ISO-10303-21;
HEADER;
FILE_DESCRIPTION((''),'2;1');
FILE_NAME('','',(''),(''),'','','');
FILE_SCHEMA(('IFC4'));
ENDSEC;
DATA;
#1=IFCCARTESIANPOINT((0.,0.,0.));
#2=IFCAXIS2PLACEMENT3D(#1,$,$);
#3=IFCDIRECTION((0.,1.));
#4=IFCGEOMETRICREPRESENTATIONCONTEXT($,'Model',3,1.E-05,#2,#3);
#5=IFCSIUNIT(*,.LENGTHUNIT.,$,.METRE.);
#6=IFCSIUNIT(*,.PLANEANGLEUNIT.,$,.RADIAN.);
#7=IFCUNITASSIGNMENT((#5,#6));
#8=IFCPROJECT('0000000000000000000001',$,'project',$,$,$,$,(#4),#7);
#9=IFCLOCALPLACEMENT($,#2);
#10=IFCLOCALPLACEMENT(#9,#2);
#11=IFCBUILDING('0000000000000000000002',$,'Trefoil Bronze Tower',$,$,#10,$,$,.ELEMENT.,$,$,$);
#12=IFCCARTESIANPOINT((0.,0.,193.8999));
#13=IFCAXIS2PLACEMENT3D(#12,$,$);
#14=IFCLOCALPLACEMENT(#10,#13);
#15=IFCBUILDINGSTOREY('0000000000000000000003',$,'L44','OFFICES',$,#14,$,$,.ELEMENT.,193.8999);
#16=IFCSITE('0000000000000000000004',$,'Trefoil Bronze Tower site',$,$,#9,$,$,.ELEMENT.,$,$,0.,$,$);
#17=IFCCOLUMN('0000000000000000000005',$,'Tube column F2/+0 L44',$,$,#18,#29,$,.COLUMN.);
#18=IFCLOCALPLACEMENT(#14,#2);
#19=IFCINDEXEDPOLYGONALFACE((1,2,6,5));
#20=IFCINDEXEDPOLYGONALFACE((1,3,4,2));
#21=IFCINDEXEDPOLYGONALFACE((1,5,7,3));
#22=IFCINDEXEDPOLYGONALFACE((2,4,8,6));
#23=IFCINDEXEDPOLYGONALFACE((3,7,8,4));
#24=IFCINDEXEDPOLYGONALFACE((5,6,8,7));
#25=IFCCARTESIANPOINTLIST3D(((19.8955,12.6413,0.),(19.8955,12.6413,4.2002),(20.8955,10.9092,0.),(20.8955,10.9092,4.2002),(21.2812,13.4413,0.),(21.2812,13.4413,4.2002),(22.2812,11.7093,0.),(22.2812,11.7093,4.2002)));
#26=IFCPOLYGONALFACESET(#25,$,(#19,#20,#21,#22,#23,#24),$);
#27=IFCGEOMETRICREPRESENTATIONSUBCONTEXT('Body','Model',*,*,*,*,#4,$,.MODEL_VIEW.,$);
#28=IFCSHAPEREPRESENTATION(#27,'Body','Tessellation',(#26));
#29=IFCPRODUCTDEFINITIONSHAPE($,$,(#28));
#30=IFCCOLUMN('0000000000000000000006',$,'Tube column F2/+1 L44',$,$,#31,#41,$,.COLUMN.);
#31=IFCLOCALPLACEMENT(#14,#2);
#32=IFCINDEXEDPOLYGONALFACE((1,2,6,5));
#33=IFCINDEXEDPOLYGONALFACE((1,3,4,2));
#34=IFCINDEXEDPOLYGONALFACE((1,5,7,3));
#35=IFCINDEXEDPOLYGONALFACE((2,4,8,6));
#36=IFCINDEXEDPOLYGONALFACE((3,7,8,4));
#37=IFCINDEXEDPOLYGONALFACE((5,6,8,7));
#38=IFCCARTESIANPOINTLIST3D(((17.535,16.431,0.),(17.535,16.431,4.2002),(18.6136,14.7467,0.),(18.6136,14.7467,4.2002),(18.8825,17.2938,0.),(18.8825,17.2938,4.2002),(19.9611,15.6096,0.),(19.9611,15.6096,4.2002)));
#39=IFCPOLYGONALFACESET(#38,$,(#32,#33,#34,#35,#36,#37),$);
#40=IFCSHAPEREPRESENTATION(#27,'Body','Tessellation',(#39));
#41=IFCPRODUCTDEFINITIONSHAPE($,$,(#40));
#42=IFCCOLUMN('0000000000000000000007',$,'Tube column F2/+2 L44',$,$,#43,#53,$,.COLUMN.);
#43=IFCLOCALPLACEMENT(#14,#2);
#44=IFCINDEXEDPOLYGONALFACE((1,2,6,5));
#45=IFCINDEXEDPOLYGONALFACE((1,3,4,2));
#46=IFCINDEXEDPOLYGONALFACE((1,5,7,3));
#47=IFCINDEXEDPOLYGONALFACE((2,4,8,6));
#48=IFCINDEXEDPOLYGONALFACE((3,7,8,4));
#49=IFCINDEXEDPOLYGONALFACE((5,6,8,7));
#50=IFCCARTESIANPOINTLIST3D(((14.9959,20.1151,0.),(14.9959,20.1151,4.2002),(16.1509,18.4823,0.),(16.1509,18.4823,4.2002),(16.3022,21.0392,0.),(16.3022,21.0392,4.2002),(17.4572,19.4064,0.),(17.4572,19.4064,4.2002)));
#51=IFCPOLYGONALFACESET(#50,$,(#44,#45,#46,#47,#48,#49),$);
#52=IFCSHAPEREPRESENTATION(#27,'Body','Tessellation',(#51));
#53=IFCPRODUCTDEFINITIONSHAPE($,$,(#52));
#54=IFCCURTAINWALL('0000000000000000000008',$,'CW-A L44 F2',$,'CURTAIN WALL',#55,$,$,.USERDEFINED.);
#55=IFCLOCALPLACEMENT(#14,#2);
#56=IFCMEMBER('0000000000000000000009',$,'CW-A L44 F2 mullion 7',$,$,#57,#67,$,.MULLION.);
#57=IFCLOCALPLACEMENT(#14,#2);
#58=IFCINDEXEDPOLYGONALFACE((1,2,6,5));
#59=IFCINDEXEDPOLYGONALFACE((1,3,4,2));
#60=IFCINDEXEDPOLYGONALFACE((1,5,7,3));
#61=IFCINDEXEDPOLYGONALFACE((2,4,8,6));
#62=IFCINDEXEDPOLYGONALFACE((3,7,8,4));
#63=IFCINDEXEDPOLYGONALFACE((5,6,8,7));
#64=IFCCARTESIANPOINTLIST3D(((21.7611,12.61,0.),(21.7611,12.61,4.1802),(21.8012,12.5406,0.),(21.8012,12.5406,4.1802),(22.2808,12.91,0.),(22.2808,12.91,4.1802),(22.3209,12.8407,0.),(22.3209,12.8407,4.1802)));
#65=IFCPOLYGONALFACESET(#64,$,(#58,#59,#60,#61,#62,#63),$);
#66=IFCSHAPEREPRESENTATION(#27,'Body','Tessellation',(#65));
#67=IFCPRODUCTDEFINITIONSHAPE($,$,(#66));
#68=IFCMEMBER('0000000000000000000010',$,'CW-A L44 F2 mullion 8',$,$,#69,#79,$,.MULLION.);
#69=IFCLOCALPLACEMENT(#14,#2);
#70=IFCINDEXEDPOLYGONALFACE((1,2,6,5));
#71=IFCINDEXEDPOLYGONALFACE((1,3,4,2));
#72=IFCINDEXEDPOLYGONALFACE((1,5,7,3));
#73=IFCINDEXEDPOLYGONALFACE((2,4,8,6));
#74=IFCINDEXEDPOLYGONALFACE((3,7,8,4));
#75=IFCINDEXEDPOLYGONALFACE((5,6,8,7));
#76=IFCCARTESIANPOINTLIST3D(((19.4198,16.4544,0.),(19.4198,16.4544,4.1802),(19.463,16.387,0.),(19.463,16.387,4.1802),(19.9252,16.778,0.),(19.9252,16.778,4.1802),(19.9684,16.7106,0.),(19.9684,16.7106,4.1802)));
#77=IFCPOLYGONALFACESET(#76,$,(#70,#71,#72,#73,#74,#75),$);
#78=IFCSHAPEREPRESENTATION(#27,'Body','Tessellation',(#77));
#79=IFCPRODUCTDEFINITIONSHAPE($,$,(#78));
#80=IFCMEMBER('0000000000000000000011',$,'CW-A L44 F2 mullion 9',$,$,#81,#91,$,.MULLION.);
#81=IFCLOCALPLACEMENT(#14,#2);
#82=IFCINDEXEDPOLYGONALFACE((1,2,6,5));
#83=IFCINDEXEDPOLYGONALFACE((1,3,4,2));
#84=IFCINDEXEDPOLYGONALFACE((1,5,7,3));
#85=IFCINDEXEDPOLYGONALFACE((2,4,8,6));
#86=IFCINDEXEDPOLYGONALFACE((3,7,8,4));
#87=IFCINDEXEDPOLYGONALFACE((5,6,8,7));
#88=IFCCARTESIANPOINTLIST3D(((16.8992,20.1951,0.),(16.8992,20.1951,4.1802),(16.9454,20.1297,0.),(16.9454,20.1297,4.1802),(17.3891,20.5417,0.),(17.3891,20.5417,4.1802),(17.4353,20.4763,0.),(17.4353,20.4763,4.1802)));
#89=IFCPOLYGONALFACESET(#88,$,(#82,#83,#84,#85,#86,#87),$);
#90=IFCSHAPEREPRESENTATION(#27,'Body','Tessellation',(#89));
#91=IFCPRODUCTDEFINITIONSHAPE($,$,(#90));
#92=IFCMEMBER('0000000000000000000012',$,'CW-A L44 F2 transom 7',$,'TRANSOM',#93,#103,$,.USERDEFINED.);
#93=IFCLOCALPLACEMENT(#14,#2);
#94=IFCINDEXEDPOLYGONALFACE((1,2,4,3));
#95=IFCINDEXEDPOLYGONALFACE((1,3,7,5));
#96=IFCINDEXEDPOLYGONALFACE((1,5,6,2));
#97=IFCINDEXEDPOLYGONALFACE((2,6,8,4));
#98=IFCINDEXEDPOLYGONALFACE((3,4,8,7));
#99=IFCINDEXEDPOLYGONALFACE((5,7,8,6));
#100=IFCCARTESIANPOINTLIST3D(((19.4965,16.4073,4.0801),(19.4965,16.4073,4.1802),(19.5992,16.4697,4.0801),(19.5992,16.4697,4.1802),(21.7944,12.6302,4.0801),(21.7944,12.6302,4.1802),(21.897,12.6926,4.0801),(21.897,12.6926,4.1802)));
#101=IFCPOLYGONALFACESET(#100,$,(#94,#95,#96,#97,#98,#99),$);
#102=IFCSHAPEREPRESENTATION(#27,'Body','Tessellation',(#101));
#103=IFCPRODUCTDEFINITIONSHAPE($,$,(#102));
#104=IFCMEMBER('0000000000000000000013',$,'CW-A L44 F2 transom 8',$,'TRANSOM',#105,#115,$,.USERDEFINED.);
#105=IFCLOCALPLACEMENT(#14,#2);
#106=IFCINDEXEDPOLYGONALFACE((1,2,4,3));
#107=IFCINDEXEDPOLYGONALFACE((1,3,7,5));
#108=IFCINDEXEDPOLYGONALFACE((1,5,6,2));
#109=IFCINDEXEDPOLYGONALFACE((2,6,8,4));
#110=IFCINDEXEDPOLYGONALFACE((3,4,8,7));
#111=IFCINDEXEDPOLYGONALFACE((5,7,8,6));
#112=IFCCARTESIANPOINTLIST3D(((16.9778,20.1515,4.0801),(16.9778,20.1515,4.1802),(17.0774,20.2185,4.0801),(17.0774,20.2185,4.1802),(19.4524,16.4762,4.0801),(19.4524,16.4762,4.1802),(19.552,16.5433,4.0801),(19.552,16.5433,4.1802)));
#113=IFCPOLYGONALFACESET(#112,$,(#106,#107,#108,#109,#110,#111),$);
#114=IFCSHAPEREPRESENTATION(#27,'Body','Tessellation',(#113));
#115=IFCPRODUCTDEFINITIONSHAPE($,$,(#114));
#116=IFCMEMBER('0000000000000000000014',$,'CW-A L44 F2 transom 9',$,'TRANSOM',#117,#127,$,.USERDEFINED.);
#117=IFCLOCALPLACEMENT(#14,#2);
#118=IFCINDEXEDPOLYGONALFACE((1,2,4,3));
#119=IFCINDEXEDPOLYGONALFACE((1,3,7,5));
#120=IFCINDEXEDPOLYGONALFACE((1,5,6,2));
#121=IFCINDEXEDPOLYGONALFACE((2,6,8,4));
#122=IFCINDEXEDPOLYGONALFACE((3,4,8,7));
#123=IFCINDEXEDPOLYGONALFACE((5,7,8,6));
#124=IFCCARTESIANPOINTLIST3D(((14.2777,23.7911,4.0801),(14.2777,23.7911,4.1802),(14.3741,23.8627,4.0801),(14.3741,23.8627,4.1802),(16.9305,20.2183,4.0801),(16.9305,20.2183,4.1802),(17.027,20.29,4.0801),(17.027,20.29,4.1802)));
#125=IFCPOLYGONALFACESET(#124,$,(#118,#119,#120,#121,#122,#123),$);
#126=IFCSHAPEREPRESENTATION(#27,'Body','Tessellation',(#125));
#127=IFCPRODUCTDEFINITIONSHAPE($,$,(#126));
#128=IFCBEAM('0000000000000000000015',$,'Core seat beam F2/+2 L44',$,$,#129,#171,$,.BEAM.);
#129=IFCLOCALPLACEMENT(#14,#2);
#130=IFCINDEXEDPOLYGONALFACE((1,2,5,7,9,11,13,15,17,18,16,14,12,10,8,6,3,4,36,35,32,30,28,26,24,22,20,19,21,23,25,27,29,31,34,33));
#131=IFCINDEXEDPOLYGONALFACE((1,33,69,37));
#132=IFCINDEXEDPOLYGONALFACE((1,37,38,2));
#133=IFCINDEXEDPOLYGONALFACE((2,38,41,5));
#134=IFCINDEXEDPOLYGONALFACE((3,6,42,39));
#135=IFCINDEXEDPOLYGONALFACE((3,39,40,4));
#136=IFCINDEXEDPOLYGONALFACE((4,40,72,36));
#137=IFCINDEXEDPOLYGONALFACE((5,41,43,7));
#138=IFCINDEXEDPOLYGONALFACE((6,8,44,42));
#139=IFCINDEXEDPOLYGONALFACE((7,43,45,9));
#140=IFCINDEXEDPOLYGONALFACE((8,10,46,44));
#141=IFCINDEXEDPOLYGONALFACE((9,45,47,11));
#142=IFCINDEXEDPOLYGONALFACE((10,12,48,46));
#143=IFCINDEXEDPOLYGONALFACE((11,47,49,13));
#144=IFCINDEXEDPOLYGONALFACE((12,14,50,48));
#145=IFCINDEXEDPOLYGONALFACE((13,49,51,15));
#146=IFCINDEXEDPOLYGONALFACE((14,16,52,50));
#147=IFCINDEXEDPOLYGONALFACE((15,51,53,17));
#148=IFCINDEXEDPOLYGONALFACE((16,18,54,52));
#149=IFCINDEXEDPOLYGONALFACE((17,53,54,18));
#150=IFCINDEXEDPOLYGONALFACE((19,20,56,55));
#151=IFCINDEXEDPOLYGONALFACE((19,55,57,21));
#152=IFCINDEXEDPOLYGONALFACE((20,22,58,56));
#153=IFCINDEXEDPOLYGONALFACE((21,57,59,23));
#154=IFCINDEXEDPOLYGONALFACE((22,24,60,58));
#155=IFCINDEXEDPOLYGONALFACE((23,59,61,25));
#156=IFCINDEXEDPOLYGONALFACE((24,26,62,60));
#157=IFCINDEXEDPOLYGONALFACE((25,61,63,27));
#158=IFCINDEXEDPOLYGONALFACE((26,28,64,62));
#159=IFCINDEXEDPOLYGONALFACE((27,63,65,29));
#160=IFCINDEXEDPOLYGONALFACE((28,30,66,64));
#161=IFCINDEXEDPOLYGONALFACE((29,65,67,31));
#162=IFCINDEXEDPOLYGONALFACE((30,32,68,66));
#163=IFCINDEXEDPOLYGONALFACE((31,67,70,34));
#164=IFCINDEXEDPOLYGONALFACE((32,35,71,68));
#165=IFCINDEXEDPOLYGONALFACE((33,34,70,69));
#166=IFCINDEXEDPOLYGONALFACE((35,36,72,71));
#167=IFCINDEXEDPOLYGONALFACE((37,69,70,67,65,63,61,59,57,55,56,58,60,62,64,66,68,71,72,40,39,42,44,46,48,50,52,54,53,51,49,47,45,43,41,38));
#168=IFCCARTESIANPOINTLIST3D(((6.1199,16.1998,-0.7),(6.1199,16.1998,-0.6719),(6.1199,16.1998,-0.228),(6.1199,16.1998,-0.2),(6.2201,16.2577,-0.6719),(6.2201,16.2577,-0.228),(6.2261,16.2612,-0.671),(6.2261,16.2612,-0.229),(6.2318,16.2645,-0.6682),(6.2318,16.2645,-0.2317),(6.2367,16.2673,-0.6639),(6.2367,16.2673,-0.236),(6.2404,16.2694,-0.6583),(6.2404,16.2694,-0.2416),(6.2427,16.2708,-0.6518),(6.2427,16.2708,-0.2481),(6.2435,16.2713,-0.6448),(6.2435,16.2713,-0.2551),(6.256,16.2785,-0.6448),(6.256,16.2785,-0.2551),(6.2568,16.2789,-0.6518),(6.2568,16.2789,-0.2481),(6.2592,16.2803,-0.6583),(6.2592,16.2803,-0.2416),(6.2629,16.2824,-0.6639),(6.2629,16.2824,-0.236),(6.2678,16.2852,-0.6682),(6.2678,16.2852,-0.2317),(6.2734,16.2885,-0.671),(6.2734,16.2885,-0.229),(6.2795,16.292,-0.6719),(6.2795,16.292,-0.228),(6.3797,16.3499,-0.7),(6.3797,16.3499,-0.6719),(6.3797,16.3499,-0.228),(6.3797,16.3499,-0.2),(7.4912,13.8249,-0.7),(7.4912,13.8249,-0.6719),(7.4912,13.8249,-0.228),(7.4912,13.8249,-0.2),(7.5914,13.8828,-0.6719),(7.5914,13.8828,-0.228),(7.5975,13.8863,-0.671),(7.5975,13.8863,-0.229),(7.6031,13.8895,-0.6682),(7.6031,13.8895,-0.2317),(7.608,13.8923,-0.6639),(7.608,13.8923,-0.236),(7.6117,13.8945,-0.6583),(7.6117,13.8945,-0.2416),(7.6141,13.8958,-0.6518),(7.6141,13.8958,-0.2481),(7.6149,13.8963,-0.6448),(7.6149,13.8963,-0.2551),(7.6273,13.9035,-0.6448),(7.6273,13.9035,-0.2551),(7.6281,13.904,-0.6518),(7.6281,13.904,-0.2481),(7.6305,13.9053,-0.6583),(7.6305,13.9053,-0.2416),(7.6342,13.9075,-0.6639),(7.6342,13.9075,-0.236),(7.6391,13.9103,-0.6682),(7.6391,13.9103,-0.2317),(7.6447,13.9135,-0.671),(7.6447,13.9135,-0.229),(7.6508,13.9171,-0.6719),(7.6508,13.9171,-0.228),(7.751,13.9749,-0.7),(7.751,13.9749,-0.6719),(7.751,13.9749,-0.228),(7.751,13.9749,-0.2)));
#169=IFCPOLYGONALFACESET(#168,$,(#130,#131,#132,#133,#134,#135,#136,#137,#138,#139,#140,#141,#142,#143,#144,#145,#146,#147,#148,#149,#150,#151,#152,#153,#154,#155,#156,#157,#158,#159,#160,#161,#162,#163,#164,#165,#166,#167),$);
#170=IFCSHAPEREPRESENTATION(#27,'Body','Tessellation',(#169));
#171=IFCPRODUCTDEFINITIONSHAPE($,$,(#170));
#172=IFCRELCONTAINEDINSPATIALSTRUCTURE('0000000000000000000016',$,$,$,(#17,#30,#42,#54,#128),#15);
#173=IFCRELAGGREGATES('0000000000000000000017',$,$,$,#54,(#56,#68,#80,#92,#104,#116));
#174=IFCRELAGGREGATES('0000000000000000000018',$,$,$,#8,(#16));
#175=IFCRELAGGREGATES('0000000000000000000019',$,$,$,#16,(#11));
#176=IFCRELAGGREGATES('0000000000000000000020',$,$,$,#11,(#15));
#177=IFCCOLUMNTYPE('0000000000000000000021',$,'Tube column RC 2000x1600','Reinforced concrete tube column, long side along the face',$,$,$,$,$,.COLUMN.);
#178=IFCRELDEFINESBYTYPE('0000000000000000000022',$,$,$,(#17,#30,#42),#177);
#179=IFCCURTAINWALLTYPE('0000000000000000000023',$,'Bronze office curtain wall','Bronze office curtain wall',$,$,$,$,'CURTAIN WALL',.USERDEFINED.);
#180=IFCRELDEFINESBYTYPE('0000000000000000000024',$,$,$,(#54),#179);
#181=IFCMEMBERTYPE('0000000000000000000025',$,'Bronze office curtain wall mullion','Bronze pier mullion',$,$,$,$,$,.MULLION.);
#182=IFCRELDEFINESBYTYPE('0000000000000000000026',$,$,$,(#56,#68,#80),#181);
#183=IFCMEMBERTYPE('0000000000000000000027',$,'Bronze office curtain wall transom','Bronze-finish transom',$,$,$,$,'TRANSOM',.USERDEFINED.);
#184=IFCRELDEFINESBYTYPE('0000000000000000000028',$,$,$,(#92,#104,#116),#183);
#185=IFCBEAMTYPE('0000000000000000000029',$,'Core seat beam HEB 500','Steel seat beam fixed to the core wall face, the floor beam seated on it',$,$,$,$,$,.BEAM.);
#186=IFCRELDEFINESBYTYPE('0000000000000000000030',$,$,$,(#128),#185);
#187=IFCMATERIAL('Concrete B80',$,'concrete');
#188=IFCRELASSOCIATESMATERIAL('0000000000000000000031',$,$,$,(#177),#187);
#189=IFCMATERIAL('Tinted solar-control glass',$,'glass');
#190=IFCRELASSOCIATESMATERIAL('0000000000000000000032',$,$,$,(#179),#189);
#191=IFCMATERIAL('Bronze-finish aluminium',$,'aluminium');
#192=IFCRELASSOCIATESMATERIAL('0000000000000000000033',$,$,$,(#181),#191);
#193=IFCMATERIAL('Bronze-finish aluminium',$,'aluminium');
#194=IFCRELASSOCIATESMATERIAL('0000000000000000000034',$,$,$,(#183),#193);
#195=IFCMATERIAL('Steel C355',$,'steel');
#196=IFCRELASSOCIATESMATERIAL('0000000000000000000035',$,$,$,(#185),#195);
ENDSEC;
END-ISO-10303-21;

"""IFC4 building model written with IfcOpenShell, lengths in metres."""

from ifc_helpers import new_model, si_unit, direction, frame, origin, origin_2d, place, context, subcontext, project, spatial, rectangle, i_section, extrude, material, material_profile, profile_set, type_object, element, aggregate, save


model = new_model("IFC4")

# Units and contexts
model_context = context("Model", 3, precision=1e-05, world=origin(), true_north=direction((0.0, 1.0)))
body_context = subcontext(model_context, "Body", "Model", "MODEL_VIEW")
ifc_project = project(units=[si_unit("LENGTHUNIT", "METRE"), si_unit("PLANEANGLEUNIT", "RADIAN")], contexts=[model_context])

# Site, building, storey
site_placement = place(None, origin())
site = spatial("IfcSite", under=ifc_project, at=site_placement, Name="Trefoil Bronze Tower site", CompositionType="ELEMENT", RefElevation=0.0)
building_placement = place(site_placement, origin())
building = spatial("IfcBuilding", under=site, at=building_placement, Name="Trefoil Bronze Tower", CompositionType="ELEMENT")
storey_placement = place(building_placement, frame((0.0, 0.0, 193.8999)))
storey = spatial("IfcBuildingStorey", under=building, at=storey_placement, Name="L44", Description="OFFICES", CompositionType="ELEMENT", Elevation=193.8999)

# Columns
ifc_material_1 = material(Name="Concrete B80", Category="concrete")
ifc_material_profile_1 = material_profile(ifc_material_1, rectangle(XDim=2.0, YDim=1.6001, at=origin_2d()), Name="RC 2000x1600")
ifc_profile_set_1 = profile_set([ifc_material_profile_1], Name="Concrete B80")
column_type = type_object("IfcColumnType", Name="Tube column RC 2000x1600", Description="Reinforced concrete tube column, long side along the face", PredefinedType="COLUMN", material=ifc_profile_set_1)
for number, where, z_axis, x_axis, name in (
    (1, (21.0884, 12.1753, 0.0), (0.0, 0.0, 1.0), (-0.5, 0.866025, 0.0), "Tube column F2/+0 L44"),
    (2, (18.748, 16.0203, 0.0), (0.0, 0.0, 1.0), (-0.53927, 0.842133, 0.0), "Tube column F2/+1 L44"),
    (3, (16.2266, 19.7607, 0.0), (0.0, 0.0, 1.0), (-0.577481, 0.816404, 0.0), "Tube column F2/+2 L44"),
):
    element("IfcColumn", number, at=place(storey_placement, frame(where, z_axis=z_axis, x_axis=x_axis)), inside=storey, type_object=column_type, Name=name, PredefinedType="COLUMN", context=body_context, shape_type="SweptSolid", body=[
        extrude(rectangle(XDim=2.0, YDim=1.6001, at=origin_2d()), origin(), (0.0, 0.0, 1.0), 4.2002),
    ])

# Curtain wall, members
ifc_material_2 = material(Name="Tinted solar-control glass", Category="glass")
curtain_wall_type = type_object("IfcCurtainWallType", Name="Bronze office curtain wall", Description="Bronze office curtain wall", ElementType="CURTAIN WALL", PredefinedType="USERDEFINED", material=ifc_material_2)
curtain_wall_placement = place(storey_placement, origin())
curtain_wall = element("IfcCurtainWall", 4, at=curtain_wall_placement, inside=storey, type_object=curtain_wall_type, Name="CW-A L44 F2", ObjectType="CURTAIN WALL", PredefinedType="USERDEFINED")
ifc_material_3 = material(Name="Bronze-finish aluminium", Category="aluminium")
ifc_material_profile_2 = material_profile(ifc_material_3, rectangle(XDim=0.6001, YDim=0.0801, at=origin_2d()), Name="CW-A mullion")
ifc_profile_set_2 = profile_set([ifc_material_profile_2], Name="Bronze-finish aluminium")
member_type_1 = type_object("IfcMemberType", Name="Bronze office curtain wall mullion", Description="Bronze pier mullion", PredefinedType="MULLION", material=ifc_profile_set_2)
member_1_placement = place(storey_placement, frame((22.041, 12.7253, 0.0), z_axis=(0.0, 0.0, 1.0), x_axis=(-0.866025, -0.5, 0.0)))
member_1 = element("IfcMember", 5, at=member_1_placement, type_object=member_type_1, Name="CW-A L44 F2 mullion 7", PredefinedType="MULLION", context=body_context, shape_type="SweptSolid", body=[
    extrude(rectangle(XDim=0.6001, YDim=0.0801, at=origin_2d()), origin(), (0.0, 0.0, 1.0), 4.1802),
])
member_2_placement = place(storey_placement, frame((19.6941, 16.5825, 0.0), z_axis=(0.0, 0.0, 1.0), x_axis=(-0.842133, -0.53927, 0.0)))
member_2 = element("IfcMember", 6, at=member_2_placement, type_object=member_type_1, Name="CW-A L44 F2 mullion 8", PredefinedType="MULLION", context=body_context, shape_type="SweptSolid", body=[
    extrude(rectangle(XDim=0.6001, YDim=0.0801, at=origin_2d()), origin(), (0.0, 0.0, 1.0), 4.1802),
])
member_3_placement = place(storey_placement, frame((17.1672, 20.3357, 0.0), z_axis=(0.0, 0.0, 1.0), x_axis=(-0.816404, -0.577481, 0.0)))
member_3 = element("IfcMember", 7, at=member_3_placement, type_object=member_type_1, Name="CW-A L44 F2 mullion 9", PredefinedType="MULLION", context=body_context, shape_type="SweptSolid", body=[
    extrude(rectangle(XDim=0.6001, YDim=0.0801, at=origin_2d()), origin(), (0.0, 0.0, 1.0), 4.1802),
])
ifc_material_4 = material(Name="Bronze-finish aluminium", Category="aluminium")
ifc_material_profile_3 = material_profile(ifc_material_4, rectangle(XDim=0.1201, YDim=0.1001, at=origin_2d()), Name="CW-A transom")
ifc_profile_set_3 = profile_set([ifc_material_profile_3], Name="Bronze-finish aluminium")
member_type_2 = type_object("IfcMemberType", Name="Bronze office curtain wall transom", Description="Bronze-finish transom", ElementType="TRANSOM", PredefinedType="USERDEFINED", material=ifc_profile_set_3)
member_4_placement = place(storey_placement, frame((21.8457, 12.6614, 4.1301), z_axis=(-0.51974, 0.854324, 0.0), x_axis=(-0.854324, -0.51974, 0.0)))
member_4 = element("IfcMember", 8, at=member_4_placement, type_object=member_type_2, Name="CW-A L44 F2 transom 7", ObjectType="TRANSOM", PredefinedType="USERDEFINED", context=body_context, shape_type="SweptSolid", body=[
    extrude(rectangle(XDim=0.1201, YDim=0.1001, at=origin_2d()), origin(), (0.0, 0.0, 1.0), 4.4211),
])
member_5_placement = place(storey_placement, frame((19.5022, 16.5098, 4.1301), z_axis=(-0.558509, 0.829498, 0.0), x_axis=(-0.829498, -0.558509, 0.0)))
member_5 = element("IfcMember", 9, at=member_5_placement, type_object=member_type_2, Name="CW-A L44 F2 transom 8", ObjectType="TRANSOM", PredefinedType="USERDEFINED", context=body_context, shape_type="SweptSolid", body=[
    extrude(rectangle(XDim=0.1201, YDim=0.1001, at=origin_2d()), origin(), (0.0, 0.0, 1.0), 4.4307),
])
member_6_placement = place(storey_placement, frame((16.9788, 20.2542, 4.1301), z_axis=(-0.596148, 0.802874, 0.0), x_axis=(-0.802874, -0.596148, 0.0)))
member_6 = element("IfcMember", 10, at=member_6_placement, type_object=member_type_2, Name="CW-A L44 F2 transom 9", ObjectType="TRANSOM", PredefinedType="USERDEFINED", context=body_context, shape_type="SweptSolid", body=[
    extrude(rectangle(XDim=0.1201, YDim=0.1001, at=origin_2d()), origin(), (0.0, 0.0, 1.0), 4.45),
])

# Beam
ifc_material_5 = material(Name="Steel C355", Category="steel")
ifc_material_profile_4 = material_profile(ifc_material_5, i_section(OverallWidth=0.3, OverallDepth=0.5, WebThickness=0.0144, FlangeThickness=0.0281, FilletRadius=0.0271, at=origin_2d()), Name="HEB 500")
ifc_profile_set_4 = profile_set([ifc_material_profile_4], Name="Steel C355")
beam_type_1 = type_object("IfcBeamType", Name="Core seat beam HEB 500", Description="Steel seat beam fixed to the core wall face, the floor beam seated on it", PredefinedType="BEAM", material=ifc_profile_set_4)
beam_1_placement = place(storey_placement, frame((7.6211, 13.8999, -0.45), z_axis=(-0.500036, 0.866005, 0.0), x_axis=(-0.866005, -0.500036, 0.0)))
element("IfcBeam", 11, at=beam_1_placement, inside=storey, type_object=beam_type_1, Name="Core seat beam F2/+2 L44", PredefinedType="BEAM", context=body_context, shape_type="SweptSolid", body=[
    extrude(i_section(OverallWidth=0.3, OverallDepth=0.5, WebThickness=0.0144, FlangeThickness=0.0281, FilletRadius=0.0271, at=origin_2d()), origin(), (0.0, 0.0, 1.0), 2.7424),
])

aggregate(curtain_wall, [member_1, member_2, member_3, member_4, member_5, member_6])

save(model, "model.ifc")
